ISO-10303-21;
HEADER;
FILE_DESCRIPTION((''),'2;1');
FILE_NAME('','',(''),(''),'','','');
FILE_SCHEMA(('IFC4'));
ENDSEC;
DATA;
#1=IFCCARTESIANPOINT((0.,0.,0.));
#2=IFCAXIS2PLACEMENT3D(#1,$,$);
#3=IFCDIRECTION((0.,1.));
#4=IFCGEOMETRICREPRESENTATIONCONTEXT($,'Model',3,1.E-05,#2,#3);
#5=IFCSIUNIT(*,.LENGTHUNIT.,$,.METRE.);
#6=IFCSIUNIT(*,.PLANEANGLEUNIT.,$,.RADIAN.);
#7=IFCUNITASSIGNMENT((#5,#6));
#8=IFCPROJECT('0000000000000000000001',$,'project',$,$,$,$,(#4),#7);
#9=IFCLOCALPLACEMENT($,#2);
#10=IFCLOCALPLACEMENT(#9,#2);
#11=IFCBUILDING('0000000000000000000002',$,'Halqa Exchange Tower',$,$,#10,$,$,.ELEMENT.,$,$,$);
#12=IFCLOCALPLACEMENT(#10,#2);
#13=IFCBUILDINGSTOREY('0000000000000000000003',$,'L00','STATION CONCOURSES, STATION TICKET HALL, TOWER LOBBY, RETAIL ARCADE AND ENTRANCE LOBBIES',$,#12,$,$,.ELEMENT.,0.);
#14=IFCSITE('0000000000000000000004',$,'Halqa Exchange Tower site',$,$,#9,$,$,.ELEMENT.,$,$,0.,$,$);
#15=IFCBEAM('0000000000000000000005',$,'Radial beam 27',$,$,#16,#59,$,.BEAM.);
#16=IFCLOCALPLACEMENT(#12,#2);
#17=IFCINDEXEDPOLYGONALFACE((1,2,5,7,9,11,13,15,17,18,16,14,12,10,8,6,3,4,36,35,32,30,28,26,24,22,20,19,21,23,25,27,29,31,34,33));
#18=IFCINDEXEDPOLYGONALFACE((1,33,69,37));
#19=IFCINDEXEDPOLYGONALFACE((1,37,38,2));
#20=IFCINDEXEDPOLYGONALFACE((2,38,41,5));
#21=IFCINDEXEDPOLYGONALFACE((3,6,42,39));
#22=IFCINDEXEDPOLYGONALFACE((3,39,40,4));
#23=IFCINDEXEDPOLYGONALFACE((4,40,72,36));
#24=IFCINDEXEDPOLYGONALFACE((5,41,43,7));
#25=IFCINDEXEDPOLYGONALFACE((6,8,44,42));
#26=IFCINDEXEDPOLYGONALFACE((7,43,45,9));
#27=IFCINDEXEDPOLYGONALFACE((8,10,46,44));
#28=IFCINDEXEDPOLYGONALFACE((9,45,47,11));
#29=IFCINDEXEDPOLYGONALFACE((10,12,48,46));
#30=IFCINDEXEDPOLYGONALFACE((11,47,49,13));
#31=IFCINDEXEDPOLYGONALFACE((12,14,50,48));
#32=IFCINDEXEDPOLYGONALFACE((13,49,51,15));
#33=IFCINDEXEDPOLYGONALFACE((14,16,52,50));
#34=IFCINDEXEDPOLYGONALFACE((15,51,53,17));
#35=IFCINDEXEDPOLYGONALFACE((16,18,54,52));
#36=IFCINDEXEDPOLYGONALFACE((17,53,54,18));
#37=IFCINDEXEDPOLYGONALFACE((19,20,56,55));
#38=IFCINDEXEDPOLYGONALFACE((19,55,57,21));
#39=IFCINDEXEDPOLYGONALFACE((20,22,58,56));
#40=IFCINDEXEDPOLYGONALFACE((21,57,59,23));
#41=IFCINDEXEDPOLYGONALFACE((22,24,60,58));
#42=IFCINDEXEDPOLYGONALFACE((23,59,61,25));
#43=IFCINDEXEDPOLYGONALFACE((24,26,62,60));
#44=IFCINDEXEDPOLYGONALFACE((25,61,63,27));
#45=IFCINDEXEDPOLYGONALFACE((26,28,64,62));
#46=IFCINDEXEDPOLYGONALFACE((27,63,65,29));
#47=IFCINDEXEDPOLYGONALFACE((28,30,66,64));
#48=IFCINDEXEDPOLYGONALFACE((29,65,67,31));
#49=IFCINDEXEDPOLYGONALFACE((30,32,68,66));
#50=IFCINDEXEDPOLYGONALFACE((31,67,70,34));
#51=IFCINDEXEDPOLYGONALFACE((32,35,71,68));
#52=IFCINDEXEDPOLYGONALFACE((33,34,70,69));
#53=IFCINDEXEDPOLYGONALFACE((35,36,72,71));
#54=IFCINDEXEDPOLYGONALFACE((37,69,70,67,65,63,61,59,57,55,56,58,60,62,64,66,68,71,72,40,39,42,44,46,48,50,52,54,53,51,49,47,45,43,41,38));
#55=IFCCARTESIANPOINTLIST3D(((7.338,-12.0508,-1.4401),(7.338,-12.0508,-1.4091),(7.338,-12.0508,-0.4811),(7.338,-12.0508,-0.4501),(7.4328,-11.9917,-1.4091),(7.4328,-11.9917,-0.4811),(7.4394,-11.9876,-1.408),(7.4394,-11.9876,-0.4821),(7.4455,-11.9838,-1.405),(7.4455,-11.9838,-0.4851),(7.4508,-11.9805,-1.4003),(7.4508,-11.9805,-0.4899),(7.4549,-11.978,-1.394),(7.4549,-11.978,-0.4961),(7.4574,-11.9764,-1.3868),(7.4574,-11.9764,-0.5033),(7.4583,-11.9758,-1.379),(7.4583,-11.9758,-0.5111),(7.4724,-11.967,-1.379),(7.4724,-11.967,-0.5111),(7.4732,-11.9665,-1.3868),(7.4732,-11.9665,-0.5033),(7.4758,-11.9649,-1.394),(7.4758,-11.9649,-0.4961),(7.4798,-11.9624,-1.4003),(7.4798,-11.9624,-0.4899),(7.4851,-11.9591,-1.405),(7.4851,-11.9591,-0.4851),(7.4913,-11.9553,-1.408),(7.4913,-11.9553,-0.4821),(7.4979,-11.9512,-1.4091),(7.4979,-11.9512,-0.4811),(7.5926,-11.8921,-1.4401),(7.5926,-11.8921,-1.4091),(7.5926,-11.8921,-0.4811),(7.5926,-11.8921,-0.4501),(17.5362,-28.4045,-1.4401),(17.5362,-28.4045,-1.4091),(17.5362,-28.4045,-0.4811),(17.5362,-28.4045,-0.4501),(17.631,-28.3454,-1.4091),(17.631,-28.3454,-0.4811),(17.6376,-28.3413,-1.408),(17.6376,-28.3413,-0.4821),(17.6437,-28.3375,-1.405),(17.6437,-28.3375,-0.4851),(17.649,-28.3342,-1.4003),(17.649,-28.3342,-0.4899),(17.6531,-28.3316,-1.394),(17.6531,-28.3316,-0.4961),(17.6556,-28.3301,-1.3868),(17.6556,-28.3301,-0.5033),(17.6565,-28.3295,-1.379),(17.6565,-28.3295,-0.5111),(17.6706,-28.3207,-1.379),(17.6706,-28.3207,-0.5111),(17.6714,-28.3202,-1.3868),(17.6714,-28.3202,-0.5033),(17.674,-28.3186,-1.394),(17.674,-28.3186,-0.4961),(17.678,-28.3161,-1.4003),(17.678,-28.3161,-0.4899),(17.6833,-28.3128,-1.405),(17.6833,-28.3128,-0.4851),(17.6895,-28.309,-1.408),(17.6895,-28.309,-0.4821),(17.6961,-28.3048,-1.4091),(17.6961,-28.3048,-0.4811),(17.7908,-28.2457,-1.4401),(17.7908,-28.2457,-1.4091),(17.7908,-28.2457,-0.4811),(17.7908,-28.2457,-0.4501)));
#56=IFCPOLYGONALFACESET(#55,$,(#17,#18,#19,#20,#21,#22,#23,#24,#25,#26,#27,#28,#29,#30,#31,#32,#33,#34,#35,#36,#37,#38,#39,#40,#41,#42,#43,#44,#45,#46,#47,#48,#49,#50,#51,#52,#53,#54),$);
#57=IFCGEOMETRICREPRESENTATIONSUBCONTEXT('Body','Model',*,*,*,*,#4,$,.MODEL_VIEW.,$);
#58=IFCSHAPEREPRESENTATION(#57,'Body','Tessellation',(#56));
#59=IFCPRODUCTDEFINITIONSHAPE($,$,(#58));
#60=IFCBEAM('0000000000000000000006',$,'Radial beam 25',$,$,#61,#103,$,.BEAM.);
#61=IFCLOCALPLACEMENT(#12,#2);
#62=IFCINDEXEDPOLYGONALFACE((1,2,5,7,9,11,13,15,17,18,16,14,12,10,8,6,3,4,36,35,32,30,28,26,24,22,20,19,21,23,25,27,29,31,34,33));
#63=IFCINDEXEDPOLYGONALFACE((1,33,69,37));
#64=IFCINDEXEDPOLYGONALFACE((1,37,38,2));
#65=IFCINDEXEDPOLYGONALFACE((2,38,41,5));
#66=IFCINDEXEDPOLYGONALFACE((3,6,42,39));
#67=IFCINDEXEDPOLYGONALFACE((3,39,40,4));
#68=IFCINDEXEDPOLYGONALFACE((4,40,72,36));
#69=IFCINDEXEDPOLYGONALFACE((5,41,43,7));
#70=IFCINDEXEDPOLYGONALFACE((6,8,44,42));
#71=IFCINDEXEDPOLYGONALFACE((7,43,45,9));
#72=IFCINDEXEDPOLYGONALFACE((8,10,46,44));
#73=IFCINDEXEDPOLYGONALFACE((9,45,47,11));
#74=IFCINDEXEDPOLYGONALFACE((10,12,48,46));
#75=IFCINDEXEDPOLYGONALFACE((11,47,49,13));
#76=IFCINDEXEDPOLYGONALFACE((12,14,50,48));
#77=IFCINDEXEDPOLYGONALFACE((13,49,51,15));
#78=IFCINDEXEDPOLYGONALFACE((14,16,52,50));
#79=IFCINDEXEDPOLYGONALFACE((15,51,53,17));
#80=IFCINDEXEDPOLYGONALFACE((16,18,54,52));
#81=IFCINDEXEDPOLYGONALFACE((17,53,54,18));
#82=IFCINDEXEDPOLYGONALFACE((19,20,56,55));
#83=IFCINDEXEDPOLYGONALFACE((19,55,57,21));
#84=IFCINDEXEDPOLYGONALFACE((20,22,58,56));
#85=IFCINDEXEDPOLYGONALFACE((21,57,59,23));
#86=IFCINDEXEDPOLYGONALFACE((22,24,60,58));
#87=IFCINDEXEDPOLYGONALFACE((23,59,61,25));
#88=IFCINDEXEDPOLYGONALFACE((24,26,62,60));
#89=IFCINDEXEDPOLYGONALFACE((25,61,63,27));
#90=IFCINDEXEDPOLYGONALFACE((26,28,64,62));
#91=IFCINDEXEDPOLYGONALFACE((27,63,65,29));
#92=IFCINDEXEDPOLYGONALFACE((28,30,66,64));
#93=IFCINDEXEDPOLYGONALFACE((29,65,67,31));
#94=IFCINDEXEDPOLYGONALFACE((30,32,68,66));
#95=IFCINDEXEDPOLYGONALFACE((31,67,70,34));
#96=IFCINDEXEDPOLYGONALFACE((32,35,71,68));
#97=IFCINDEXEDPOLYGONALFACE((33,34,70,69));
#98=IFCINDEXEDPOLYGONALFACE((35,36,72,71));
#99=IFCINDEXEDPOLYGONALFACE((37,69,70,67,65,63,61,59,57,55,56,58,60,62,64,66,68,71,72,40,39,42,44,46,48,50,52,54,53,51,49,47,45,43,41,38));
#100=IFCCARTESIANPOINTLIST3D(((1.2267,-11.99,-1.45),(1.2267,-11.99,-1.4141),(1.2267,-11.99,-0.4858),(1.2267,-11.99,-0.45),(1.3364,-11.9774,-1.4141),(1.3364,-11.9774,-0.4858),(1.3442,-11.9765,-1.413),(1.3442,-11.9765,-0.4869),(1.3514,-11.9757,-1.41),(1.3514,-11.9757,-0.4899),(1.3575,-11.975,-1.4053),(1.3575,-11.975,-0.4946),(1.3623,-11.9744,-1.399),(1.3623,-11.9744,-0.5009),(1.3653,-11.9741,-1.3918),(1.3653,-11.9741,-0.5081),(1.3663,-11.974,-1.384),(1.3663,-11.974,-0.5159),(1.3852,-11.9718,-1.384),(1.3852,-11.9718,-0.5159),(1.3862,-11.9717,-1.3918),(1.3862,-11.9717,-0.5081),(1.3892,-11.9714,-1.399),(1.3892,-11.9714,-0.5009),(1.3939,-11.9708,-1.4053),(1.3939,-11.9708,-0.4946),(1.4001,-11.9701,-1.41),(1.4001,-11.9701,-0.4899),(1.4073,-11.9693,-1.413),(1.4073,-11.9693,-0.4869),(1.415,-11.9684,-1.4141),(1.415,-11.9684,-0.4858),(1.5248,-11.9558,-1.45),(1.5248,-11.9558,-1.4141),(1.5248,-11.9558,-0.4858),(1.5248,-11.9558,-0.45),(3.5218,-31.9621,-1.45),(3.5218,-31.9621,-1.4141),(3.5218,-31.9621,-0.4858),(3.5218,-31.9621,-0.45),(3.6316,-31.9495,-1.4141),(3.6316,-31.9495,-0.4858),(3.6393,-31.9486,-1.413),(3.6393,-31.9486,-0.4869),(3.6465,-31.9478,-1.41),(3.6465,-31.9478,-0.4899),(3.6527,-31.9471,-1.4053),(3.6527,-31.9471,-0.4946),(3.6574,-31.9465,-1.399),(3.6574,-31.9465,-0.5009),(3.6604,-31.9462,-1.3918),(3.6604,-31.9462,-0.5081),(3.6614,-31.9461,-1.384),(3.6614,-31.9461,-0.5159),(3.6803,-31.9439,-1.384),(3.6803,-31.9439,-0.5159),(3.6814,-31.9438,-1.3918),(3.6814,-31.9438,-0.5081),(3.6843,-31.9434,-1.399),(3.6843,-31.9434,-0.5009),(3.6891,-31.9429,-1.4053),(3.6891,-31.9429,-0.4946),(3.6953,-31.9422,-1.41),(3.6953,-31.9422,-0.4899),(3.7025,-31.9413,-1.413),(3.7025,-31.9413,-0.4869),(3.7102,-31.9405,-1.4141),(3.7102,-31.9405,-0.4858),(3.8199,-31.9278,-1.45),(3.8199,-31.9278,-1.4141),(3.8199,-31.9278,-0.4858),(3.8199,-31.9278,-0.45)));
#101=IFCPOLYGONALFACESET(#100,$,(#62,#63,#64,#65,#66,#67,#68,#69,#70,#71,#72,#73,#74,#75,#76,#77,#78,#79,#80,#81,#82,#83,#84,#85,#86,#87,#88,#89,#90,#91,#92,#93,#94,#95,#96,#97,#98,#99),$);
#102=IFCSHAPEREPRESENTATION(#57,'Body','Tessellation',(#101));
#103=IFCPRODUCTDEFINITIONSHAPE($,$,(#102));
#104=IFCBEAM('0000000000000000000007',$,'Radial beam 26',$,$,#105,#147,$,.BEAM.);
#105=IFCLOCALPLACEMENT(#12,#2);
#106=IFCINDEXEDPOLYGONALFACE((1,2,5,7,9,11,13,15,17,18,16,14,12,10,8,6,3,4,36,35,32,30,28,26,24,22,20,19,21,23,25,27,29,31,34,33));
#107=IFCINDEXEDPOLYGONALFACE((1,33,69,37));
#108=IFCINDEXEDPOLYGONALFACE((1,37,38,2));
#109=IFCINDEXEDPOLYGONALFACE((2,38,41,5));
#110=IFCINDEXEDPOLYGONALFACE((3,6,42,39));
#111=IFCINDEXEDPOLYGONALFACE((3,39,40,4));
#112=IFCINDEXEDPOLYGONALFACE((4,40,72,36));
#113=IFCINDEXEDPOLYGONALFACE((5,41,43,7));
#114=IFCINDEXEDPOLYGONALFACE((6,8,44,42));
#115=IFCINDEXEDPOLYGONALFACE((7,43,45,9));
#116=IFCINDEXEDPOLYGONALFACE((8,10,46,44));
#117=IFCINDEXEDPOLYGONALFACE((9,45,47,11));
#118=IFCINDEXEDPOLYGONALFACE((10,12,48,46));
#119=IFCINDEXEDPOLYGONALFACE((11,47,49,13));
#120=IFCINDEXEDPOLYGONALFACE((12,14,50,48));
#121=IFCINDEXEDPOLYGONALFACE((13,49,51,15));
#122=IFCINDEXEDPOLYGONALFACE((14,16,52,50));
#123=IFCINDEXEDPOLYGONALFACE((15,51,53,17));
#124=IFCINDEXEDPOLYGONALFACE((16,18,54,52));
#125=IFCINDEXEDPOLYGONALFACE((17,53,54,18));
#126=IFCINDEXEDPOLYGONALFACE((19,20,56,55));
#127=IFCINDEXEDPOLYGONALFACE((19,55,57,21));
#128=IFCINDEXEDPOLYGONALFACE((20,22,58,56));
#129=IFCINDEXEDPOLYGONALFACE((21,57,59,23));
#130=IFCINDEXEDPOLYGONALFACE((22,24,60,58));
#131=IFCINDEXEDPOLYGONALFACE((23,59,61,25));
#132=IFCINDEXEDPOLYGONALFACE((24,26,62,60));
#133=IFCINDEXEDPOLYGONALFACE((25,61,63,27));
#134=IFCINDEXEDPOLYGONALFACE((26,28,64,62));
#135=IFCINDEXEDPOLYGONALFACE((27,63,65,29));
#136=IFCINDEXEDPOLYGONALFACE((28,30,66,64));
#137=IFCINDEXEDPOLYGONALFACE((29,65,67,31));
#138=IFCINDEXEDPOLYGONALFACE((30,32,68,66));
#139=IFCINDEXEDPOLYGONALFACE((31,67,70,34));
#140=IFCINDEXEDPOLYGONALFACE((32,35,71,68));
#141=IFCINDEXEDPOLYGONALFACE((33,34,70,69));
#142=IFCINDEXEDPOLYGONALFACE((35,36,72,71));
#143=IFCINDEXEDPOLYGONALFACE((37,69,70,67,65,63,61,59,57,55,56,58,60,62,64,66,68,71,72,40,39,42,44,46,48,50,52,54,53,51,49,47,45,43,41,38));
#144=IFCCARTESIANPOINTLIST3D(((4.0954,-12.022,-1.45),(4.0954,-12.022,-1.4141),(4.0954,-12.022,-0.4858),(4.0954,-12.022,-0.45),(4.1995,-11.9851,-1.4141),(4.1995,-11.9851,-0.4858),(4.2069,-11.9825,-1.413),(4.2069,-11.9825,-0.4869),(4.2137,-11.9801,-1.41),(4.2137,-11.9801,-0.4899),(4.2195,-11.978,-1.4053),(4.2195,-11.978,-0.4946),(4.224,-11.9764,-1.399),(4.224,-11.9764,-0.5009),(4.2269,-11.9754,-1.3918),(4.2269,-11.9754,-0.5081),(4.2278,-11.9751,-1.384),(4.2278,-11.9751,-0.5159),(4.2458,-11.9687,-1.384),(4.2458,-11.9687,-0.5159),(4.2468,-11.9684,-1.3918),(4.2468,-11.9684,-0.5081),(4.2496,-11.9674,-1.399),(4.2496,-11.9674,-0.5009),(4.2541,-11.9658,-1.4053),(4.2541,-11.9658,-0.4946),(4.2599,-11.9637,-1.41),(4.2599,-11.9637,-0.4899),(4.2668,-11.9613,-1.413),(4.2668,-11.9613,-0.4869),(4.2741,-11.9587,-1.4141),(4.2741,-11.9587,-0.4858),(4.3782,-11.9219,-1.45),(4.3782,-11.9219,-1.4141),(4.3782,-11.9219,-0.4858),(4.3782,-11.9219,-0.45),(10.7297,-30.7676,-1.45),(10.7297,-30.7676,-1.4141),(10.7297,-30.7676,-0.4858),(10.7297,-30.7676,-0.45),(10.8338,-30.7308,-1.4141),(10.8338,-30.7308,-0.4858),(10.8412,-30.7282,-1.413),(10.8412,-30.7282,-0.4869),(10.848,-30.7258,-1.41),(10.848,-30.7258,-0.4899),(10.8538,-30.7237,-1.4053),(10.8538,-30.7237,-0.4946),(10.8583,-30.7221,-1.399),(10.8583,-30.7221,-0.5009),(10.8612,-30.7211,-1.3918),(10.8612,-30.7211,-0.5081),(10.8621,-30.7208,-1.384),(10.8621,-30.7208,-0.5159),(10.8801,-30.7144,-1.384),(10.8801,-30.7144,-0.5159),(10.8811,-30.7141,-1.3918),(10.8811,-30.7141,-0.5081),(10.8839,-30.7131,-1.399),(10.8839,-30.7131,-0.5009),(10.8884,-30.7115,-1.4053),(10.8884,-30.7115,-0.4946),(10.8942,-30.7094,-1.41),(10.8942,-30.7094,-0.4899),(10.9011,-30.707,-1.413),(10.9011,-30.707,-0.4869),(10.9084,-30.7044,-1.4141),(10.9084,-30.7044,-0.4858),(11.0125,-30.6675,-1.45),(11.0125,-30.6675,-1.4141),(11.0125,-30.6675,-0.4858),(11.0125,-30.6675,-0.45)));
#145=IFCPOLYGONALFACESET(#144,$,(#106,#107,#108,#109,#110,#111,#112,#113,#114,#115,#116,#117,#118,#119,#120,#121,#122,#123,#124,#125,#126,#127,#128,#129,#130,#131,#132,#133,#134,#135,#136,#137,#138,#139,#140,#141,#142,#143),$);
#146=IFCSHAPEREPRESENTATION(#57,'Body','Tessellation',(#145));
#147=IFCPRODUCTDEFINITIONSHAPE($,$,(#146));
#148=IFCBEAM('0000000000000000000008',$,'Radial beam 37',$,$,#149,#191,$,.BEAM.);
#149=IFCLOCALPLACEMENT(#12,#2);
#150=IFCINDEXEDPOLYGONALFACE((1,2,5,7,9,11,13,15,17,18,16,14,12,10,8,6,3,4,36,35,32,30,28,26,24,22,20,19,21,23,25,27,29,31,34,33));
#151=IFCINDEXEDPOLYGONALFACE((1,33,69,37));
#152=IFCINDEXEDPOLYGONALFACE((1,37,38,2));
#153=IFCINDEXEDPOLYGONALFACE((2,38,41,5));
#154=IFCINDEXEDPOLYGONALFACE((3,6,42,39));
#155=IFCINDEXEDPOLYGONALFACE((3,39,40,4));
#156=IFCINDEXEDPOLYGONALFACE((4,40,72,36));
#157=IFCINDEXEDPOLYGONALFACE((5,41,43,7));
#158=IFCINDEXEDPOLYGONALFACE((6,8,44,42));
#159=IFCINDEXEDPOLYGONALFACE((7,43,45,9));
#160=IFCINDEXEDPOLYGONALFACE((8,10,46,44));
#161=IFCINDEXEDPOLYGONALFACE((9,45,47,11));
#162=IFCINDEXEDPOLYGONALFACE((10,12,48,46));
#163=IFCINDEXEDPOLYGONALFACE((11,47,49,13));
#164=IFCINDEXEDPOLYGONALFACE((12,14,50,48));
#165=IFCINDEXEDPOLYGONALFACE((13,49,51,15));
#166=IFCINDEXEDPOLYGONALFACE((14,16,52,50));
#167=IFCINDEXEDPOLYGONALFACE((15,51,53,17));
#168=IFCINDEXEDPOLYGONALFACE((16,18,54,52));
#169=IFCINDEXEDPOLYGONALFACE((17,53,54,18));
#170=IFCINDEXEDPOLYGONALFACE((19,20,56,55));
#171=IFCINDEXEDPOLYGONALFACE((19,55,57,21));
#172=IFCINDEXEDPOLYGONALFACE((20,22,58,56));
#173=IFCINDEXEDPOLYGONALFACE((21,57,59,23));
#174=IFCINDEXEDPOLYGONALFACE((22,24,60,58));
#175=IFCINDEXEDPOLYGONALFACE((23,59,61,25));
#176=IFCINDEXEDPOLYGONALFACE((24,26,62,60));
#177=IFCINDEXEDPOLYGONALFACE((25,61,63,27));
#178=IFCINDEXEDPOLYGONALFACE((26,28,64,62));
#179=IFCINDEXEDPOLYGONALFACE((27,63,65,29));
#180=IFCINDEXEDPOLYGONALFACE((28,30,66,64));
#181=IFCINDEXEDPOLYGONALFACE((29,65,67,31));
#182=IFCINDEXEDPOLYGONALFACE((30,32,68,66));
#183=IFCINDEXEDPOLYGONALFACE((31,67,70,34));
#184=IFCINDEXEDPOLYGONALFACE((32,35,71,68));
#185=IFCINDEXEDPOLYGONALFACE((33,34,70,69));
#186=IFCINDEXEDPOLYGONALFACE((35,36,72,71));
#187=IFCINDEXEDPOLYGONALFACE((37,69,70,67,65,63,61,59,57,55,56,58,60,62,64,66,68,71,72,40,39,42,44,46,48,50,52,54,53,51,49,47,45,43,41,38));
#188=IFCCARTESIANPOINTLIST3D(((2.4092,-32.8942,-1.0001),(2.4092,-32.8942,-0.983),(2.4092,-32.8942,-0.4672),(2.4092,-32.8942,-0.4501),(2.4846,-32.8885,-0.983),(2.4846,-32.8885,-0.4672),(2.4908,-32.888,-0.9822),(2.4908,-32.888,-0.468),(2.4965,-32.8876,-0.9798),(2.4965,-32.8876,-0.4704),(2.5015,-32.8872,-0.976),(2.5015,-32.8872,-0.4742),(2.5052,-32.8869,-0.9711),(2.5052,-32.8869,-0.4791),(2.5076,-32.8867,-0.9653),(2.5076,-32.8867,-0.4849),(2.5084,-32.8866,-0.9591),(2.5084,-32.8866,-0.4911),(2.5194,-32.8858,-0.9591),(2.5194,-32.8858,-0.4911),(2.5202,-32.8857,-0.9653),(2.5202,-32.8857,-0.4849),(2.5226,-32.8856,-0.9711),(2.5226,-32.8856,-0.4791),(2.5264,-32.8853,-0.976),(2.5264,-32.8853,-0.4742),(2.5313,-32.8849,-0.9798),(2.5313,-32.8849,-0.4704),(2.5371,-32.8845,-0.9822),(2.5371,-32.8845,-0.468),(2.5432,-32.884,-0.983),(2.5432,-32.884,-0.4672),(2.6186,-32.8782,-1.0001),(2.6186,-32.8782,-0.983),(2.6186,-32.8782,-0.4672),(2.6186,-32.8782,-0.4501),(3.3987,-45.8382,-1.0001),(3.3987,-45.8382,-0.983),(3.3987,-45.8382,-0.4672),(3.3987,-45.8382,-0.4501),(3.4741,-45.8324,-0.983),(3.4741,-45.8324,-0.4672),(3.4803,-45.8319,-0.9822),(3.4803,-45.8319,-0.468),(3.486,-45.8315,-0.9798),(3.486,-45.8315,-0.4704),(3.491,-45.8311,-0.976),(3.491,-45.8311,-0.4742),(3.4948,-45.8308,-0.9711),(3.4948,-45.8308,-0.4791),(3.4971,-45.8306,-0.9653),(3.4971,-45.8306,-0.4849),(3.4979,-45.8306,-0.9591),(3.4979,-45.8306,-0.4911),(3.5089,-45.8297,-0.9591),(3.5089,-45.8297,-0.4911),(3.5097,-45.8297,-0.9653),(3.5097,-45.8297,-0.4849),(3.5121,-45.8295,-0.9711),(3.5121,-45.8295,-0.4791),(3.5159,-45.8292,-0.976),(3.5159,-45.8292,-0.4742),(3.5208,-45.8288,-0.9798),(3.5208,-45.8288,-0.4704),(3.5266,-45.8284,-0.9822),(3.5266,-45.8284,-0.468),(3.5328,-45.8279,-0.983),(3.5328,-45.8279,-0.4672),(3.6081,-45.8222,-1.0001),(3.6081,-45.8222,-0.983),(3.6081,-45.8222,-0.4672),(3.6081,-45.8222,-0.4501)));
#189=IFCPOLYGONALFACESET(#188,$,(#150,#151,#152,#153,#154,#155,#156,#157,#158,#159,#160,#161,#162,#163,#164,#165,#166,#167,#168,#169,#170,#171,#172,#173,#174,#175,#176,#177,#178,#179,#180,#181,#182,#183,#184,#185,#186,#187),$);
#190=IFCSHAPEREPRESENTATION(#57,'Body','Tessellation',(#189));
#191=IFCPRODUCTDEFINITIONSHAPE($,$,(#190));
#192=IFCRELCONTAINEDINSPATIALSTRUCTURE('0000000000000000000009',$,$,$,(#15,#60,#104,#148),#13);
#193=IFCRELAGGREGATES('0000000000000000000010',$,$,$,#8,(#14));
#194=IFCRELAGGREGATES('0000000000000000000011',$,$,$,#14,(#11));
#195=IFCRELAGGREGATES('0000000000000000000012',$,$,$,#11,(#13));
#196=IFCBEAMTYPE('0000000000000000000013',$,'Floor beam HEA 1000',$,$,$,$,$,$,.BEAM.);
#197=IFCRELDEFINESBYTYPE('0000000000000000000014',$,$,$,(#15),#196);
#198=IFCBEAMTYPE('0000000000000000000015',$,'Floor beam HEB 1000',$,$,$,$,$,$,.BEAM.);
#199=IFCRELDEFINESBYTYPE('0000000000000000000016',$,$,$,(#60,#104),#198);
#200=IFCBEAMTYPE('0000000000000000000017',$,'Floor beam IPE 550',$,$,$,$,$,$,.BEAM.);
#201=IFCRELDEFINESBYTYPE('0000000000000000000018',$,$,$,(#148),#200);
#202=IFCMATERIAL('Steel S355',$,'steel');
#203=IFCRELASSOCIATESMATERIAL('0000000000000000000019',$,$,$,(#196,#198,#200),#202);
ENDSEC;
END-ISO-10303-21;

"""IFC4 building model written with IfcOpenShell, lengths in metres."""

from ifc_helpers import new_model, si_unit, direction, frame, origin, origin_2d, place, context, subcontext, project, spatial, i_section, extrude, material, material_profile, profile_set, type_object, element, save


model = new_model("IFC4")

# Units and contexts
model_context = context("Model", 3, precision=1e-05, world=origin(), true_north=direction((0.0, 1.0)))
body_context = subcontext(model_context, "Body", "Model", "MODEL_VIEW")
ifc_project = project(units=[si_unit("LENGTHUNIT", "METRE"), si_unit("PLANEANGLEUNIT", "RADIAN")], contexts=[model_context])

# Site, building, storey
site_placement = place(None, origin())
site = spatial("IfcSite", under=ifc_project, at=site_placement, Name="Halqa Exchange Tower site", CompositionType="ELEMENT", RefElevation=0.0)
building_placement = place(site_placement, origin())
building = spatial("IfcBuilding", under=site, at=building_placement, Name="Halqa Exchange Tower", CompositionType="ELEMENT")
storey_placement = place(building_placement, origin())
storey = spatial("IfcBuildingStorey", under=building, at=storey_placement, Name="L00", Description="STATION CONCOURSES, STATION TICKET HALL, TOWER LOBBY, RETAIL ARCADE AND ENTRANCE LOBBIES", CompositionType="ELEMENT", Elevation=0.0)

# Beams
ifc_material_1 = material(Name="Steel S355", Category="steel")
ifc_material_profile_1 = material_profile(ifc_material_1, i_section(OverallWidth=0.3, OverallDepth=0.99, WebThickness=0.0166, FlangeThickness=0.031, FilletRadius=0.03, at=origin_2d()), Name="HEA 1000")
ifc_profile_set_1 = profile_set([ifc_material_profile_1], Name="Steel S355")
beam_type_1 = type_object("IfcBeamType", Name="Floor beam HEA 1000", PredefinedType="BEAM", material=ifc_profile_set_1)
beam_1_placement = place(storey_placement, frame((7.4653, -11.9714, -0.9451), z_axis=(0.529146, -0.848531, 0.0), x_axis=(0.848531, 0.529146, 0.0)))
element("IfcBeam", 1, at=beam_1_placement, inside=storey, type_object=beam_type_1, Name="Radial beam 27", PredefinedType="BEAM", context=body_context, shape_type="SweptSolid", body=[
    extrude(i_section(OverallWidth=0.3, OverallDepth=0.99, WebThickness=0.0166, FlangeThickness=0.031, FilletRadius=0.03, at=origin_2d()), origin(), (0.0, 0.0, 1.0), 19.2729),
])
ifc_material_profile_2 = material_profile(ifc_material_1, i_section(OverallWidth=0.3, OverallDepth=1.0, WebThickness=0.019, FlangeThickness=0.0359, FilletRadius=0.03, at=origin_2d()), Name="HEB 1000")
ifc_profile_set_2 = profile_set([ifc_material_profile_2], Name="Steel S355")
beam_type_2 = type_object("IfcBeamType", Name="Floor beam HEB 1000", PredefinedType="BEAM", material=ifc_profile_set_2)
beam_2_placement = place(storey_placement, frame((1.3757, -11.9729, -0.95), z_axis=(0.114167, -0.993462, 0.0), x_axis=(0.993462, 0.114167, 0.0)))
element("IfcBeam", 2, at=beam_2_placement, inside=storey, type_object=beam_type_2, Name="Radial beam 25", PredefinedType="BEAM", context=body_context, shape_type="SweptSolid", body=[
    extrude(i_section(OverallWidth=0.3, OverallDepth=1.0, WebThickness=0.019, FlangeThickness=0.0359, FilletRadius=0.03, at=origin_2d()), origin(), (0.0, 0.0, 1.0), 20.1035),
])
beam_3_placement = place(storey_placement, frame((4.2368, -11.9719, -0.95), z_axis=(0.333633, -0.942703, 0.0), x_axis=(0.942703, 0.333633, 0.0)))
element("IfcBeam", 3, at=beam_3_placement, inside=storey, type_object=beam_type_2, Name="Radial beam 26", PredefinedType="BEAM", context=body_context, shape_type="SweptSolid", body=[
    extrude(i_section(OverallWidth=0.3, OverallDepth=1.0, WebThickness=0.019, FlangeThickness=0.0359, FilletRadius=0.03, at=origin_2d()), origin(), (0.0, 0.0, 1.0), 19.885),
])
ifc_material_profile_3 = material_profile(ifc_material_1, i_section(OverallWidth=0.21, OverallDepth=0.55, WebThickness=0.011, FlangeThickness=0.0171, FilletRadius=0.0239, at=origin_2d()), Name="IPE 550")
ifc_profile_set_3 = profile_set([ifc_material_profile_3], Name="Steel S355")
beam_type_3 = type_object("IfcBeamType", Name="Floor beam IPE 550", PredefinedType="BEAM", material=ifc_profile_set_3)
beam_4_placement = place(storey_placement, frame((2.5139, -32.8862, -0.7251), z_axis=(0.076223, -0.997091, 0.0), x_axis=(0.997091, 0.076223, 0.0)))
element("IfcBeam", 4, at=beam_4_placement, inside=storey, type_object=beam_type_3, Name="Radial beam 37", PredefinedType="BEAM", context=body_context, shape_type="SweptSolid", body=[
    extrude(i_section(OverallWidth=0.21, OverallDepth=0.55, WebThickness=0.011, FlangeThickness=0.0171, FilletRadius=0.0239, at=origin_2d()), origin(), (0.0, 0.0, 1.0), 12.9817),
])

save(model, "model.ifc")
